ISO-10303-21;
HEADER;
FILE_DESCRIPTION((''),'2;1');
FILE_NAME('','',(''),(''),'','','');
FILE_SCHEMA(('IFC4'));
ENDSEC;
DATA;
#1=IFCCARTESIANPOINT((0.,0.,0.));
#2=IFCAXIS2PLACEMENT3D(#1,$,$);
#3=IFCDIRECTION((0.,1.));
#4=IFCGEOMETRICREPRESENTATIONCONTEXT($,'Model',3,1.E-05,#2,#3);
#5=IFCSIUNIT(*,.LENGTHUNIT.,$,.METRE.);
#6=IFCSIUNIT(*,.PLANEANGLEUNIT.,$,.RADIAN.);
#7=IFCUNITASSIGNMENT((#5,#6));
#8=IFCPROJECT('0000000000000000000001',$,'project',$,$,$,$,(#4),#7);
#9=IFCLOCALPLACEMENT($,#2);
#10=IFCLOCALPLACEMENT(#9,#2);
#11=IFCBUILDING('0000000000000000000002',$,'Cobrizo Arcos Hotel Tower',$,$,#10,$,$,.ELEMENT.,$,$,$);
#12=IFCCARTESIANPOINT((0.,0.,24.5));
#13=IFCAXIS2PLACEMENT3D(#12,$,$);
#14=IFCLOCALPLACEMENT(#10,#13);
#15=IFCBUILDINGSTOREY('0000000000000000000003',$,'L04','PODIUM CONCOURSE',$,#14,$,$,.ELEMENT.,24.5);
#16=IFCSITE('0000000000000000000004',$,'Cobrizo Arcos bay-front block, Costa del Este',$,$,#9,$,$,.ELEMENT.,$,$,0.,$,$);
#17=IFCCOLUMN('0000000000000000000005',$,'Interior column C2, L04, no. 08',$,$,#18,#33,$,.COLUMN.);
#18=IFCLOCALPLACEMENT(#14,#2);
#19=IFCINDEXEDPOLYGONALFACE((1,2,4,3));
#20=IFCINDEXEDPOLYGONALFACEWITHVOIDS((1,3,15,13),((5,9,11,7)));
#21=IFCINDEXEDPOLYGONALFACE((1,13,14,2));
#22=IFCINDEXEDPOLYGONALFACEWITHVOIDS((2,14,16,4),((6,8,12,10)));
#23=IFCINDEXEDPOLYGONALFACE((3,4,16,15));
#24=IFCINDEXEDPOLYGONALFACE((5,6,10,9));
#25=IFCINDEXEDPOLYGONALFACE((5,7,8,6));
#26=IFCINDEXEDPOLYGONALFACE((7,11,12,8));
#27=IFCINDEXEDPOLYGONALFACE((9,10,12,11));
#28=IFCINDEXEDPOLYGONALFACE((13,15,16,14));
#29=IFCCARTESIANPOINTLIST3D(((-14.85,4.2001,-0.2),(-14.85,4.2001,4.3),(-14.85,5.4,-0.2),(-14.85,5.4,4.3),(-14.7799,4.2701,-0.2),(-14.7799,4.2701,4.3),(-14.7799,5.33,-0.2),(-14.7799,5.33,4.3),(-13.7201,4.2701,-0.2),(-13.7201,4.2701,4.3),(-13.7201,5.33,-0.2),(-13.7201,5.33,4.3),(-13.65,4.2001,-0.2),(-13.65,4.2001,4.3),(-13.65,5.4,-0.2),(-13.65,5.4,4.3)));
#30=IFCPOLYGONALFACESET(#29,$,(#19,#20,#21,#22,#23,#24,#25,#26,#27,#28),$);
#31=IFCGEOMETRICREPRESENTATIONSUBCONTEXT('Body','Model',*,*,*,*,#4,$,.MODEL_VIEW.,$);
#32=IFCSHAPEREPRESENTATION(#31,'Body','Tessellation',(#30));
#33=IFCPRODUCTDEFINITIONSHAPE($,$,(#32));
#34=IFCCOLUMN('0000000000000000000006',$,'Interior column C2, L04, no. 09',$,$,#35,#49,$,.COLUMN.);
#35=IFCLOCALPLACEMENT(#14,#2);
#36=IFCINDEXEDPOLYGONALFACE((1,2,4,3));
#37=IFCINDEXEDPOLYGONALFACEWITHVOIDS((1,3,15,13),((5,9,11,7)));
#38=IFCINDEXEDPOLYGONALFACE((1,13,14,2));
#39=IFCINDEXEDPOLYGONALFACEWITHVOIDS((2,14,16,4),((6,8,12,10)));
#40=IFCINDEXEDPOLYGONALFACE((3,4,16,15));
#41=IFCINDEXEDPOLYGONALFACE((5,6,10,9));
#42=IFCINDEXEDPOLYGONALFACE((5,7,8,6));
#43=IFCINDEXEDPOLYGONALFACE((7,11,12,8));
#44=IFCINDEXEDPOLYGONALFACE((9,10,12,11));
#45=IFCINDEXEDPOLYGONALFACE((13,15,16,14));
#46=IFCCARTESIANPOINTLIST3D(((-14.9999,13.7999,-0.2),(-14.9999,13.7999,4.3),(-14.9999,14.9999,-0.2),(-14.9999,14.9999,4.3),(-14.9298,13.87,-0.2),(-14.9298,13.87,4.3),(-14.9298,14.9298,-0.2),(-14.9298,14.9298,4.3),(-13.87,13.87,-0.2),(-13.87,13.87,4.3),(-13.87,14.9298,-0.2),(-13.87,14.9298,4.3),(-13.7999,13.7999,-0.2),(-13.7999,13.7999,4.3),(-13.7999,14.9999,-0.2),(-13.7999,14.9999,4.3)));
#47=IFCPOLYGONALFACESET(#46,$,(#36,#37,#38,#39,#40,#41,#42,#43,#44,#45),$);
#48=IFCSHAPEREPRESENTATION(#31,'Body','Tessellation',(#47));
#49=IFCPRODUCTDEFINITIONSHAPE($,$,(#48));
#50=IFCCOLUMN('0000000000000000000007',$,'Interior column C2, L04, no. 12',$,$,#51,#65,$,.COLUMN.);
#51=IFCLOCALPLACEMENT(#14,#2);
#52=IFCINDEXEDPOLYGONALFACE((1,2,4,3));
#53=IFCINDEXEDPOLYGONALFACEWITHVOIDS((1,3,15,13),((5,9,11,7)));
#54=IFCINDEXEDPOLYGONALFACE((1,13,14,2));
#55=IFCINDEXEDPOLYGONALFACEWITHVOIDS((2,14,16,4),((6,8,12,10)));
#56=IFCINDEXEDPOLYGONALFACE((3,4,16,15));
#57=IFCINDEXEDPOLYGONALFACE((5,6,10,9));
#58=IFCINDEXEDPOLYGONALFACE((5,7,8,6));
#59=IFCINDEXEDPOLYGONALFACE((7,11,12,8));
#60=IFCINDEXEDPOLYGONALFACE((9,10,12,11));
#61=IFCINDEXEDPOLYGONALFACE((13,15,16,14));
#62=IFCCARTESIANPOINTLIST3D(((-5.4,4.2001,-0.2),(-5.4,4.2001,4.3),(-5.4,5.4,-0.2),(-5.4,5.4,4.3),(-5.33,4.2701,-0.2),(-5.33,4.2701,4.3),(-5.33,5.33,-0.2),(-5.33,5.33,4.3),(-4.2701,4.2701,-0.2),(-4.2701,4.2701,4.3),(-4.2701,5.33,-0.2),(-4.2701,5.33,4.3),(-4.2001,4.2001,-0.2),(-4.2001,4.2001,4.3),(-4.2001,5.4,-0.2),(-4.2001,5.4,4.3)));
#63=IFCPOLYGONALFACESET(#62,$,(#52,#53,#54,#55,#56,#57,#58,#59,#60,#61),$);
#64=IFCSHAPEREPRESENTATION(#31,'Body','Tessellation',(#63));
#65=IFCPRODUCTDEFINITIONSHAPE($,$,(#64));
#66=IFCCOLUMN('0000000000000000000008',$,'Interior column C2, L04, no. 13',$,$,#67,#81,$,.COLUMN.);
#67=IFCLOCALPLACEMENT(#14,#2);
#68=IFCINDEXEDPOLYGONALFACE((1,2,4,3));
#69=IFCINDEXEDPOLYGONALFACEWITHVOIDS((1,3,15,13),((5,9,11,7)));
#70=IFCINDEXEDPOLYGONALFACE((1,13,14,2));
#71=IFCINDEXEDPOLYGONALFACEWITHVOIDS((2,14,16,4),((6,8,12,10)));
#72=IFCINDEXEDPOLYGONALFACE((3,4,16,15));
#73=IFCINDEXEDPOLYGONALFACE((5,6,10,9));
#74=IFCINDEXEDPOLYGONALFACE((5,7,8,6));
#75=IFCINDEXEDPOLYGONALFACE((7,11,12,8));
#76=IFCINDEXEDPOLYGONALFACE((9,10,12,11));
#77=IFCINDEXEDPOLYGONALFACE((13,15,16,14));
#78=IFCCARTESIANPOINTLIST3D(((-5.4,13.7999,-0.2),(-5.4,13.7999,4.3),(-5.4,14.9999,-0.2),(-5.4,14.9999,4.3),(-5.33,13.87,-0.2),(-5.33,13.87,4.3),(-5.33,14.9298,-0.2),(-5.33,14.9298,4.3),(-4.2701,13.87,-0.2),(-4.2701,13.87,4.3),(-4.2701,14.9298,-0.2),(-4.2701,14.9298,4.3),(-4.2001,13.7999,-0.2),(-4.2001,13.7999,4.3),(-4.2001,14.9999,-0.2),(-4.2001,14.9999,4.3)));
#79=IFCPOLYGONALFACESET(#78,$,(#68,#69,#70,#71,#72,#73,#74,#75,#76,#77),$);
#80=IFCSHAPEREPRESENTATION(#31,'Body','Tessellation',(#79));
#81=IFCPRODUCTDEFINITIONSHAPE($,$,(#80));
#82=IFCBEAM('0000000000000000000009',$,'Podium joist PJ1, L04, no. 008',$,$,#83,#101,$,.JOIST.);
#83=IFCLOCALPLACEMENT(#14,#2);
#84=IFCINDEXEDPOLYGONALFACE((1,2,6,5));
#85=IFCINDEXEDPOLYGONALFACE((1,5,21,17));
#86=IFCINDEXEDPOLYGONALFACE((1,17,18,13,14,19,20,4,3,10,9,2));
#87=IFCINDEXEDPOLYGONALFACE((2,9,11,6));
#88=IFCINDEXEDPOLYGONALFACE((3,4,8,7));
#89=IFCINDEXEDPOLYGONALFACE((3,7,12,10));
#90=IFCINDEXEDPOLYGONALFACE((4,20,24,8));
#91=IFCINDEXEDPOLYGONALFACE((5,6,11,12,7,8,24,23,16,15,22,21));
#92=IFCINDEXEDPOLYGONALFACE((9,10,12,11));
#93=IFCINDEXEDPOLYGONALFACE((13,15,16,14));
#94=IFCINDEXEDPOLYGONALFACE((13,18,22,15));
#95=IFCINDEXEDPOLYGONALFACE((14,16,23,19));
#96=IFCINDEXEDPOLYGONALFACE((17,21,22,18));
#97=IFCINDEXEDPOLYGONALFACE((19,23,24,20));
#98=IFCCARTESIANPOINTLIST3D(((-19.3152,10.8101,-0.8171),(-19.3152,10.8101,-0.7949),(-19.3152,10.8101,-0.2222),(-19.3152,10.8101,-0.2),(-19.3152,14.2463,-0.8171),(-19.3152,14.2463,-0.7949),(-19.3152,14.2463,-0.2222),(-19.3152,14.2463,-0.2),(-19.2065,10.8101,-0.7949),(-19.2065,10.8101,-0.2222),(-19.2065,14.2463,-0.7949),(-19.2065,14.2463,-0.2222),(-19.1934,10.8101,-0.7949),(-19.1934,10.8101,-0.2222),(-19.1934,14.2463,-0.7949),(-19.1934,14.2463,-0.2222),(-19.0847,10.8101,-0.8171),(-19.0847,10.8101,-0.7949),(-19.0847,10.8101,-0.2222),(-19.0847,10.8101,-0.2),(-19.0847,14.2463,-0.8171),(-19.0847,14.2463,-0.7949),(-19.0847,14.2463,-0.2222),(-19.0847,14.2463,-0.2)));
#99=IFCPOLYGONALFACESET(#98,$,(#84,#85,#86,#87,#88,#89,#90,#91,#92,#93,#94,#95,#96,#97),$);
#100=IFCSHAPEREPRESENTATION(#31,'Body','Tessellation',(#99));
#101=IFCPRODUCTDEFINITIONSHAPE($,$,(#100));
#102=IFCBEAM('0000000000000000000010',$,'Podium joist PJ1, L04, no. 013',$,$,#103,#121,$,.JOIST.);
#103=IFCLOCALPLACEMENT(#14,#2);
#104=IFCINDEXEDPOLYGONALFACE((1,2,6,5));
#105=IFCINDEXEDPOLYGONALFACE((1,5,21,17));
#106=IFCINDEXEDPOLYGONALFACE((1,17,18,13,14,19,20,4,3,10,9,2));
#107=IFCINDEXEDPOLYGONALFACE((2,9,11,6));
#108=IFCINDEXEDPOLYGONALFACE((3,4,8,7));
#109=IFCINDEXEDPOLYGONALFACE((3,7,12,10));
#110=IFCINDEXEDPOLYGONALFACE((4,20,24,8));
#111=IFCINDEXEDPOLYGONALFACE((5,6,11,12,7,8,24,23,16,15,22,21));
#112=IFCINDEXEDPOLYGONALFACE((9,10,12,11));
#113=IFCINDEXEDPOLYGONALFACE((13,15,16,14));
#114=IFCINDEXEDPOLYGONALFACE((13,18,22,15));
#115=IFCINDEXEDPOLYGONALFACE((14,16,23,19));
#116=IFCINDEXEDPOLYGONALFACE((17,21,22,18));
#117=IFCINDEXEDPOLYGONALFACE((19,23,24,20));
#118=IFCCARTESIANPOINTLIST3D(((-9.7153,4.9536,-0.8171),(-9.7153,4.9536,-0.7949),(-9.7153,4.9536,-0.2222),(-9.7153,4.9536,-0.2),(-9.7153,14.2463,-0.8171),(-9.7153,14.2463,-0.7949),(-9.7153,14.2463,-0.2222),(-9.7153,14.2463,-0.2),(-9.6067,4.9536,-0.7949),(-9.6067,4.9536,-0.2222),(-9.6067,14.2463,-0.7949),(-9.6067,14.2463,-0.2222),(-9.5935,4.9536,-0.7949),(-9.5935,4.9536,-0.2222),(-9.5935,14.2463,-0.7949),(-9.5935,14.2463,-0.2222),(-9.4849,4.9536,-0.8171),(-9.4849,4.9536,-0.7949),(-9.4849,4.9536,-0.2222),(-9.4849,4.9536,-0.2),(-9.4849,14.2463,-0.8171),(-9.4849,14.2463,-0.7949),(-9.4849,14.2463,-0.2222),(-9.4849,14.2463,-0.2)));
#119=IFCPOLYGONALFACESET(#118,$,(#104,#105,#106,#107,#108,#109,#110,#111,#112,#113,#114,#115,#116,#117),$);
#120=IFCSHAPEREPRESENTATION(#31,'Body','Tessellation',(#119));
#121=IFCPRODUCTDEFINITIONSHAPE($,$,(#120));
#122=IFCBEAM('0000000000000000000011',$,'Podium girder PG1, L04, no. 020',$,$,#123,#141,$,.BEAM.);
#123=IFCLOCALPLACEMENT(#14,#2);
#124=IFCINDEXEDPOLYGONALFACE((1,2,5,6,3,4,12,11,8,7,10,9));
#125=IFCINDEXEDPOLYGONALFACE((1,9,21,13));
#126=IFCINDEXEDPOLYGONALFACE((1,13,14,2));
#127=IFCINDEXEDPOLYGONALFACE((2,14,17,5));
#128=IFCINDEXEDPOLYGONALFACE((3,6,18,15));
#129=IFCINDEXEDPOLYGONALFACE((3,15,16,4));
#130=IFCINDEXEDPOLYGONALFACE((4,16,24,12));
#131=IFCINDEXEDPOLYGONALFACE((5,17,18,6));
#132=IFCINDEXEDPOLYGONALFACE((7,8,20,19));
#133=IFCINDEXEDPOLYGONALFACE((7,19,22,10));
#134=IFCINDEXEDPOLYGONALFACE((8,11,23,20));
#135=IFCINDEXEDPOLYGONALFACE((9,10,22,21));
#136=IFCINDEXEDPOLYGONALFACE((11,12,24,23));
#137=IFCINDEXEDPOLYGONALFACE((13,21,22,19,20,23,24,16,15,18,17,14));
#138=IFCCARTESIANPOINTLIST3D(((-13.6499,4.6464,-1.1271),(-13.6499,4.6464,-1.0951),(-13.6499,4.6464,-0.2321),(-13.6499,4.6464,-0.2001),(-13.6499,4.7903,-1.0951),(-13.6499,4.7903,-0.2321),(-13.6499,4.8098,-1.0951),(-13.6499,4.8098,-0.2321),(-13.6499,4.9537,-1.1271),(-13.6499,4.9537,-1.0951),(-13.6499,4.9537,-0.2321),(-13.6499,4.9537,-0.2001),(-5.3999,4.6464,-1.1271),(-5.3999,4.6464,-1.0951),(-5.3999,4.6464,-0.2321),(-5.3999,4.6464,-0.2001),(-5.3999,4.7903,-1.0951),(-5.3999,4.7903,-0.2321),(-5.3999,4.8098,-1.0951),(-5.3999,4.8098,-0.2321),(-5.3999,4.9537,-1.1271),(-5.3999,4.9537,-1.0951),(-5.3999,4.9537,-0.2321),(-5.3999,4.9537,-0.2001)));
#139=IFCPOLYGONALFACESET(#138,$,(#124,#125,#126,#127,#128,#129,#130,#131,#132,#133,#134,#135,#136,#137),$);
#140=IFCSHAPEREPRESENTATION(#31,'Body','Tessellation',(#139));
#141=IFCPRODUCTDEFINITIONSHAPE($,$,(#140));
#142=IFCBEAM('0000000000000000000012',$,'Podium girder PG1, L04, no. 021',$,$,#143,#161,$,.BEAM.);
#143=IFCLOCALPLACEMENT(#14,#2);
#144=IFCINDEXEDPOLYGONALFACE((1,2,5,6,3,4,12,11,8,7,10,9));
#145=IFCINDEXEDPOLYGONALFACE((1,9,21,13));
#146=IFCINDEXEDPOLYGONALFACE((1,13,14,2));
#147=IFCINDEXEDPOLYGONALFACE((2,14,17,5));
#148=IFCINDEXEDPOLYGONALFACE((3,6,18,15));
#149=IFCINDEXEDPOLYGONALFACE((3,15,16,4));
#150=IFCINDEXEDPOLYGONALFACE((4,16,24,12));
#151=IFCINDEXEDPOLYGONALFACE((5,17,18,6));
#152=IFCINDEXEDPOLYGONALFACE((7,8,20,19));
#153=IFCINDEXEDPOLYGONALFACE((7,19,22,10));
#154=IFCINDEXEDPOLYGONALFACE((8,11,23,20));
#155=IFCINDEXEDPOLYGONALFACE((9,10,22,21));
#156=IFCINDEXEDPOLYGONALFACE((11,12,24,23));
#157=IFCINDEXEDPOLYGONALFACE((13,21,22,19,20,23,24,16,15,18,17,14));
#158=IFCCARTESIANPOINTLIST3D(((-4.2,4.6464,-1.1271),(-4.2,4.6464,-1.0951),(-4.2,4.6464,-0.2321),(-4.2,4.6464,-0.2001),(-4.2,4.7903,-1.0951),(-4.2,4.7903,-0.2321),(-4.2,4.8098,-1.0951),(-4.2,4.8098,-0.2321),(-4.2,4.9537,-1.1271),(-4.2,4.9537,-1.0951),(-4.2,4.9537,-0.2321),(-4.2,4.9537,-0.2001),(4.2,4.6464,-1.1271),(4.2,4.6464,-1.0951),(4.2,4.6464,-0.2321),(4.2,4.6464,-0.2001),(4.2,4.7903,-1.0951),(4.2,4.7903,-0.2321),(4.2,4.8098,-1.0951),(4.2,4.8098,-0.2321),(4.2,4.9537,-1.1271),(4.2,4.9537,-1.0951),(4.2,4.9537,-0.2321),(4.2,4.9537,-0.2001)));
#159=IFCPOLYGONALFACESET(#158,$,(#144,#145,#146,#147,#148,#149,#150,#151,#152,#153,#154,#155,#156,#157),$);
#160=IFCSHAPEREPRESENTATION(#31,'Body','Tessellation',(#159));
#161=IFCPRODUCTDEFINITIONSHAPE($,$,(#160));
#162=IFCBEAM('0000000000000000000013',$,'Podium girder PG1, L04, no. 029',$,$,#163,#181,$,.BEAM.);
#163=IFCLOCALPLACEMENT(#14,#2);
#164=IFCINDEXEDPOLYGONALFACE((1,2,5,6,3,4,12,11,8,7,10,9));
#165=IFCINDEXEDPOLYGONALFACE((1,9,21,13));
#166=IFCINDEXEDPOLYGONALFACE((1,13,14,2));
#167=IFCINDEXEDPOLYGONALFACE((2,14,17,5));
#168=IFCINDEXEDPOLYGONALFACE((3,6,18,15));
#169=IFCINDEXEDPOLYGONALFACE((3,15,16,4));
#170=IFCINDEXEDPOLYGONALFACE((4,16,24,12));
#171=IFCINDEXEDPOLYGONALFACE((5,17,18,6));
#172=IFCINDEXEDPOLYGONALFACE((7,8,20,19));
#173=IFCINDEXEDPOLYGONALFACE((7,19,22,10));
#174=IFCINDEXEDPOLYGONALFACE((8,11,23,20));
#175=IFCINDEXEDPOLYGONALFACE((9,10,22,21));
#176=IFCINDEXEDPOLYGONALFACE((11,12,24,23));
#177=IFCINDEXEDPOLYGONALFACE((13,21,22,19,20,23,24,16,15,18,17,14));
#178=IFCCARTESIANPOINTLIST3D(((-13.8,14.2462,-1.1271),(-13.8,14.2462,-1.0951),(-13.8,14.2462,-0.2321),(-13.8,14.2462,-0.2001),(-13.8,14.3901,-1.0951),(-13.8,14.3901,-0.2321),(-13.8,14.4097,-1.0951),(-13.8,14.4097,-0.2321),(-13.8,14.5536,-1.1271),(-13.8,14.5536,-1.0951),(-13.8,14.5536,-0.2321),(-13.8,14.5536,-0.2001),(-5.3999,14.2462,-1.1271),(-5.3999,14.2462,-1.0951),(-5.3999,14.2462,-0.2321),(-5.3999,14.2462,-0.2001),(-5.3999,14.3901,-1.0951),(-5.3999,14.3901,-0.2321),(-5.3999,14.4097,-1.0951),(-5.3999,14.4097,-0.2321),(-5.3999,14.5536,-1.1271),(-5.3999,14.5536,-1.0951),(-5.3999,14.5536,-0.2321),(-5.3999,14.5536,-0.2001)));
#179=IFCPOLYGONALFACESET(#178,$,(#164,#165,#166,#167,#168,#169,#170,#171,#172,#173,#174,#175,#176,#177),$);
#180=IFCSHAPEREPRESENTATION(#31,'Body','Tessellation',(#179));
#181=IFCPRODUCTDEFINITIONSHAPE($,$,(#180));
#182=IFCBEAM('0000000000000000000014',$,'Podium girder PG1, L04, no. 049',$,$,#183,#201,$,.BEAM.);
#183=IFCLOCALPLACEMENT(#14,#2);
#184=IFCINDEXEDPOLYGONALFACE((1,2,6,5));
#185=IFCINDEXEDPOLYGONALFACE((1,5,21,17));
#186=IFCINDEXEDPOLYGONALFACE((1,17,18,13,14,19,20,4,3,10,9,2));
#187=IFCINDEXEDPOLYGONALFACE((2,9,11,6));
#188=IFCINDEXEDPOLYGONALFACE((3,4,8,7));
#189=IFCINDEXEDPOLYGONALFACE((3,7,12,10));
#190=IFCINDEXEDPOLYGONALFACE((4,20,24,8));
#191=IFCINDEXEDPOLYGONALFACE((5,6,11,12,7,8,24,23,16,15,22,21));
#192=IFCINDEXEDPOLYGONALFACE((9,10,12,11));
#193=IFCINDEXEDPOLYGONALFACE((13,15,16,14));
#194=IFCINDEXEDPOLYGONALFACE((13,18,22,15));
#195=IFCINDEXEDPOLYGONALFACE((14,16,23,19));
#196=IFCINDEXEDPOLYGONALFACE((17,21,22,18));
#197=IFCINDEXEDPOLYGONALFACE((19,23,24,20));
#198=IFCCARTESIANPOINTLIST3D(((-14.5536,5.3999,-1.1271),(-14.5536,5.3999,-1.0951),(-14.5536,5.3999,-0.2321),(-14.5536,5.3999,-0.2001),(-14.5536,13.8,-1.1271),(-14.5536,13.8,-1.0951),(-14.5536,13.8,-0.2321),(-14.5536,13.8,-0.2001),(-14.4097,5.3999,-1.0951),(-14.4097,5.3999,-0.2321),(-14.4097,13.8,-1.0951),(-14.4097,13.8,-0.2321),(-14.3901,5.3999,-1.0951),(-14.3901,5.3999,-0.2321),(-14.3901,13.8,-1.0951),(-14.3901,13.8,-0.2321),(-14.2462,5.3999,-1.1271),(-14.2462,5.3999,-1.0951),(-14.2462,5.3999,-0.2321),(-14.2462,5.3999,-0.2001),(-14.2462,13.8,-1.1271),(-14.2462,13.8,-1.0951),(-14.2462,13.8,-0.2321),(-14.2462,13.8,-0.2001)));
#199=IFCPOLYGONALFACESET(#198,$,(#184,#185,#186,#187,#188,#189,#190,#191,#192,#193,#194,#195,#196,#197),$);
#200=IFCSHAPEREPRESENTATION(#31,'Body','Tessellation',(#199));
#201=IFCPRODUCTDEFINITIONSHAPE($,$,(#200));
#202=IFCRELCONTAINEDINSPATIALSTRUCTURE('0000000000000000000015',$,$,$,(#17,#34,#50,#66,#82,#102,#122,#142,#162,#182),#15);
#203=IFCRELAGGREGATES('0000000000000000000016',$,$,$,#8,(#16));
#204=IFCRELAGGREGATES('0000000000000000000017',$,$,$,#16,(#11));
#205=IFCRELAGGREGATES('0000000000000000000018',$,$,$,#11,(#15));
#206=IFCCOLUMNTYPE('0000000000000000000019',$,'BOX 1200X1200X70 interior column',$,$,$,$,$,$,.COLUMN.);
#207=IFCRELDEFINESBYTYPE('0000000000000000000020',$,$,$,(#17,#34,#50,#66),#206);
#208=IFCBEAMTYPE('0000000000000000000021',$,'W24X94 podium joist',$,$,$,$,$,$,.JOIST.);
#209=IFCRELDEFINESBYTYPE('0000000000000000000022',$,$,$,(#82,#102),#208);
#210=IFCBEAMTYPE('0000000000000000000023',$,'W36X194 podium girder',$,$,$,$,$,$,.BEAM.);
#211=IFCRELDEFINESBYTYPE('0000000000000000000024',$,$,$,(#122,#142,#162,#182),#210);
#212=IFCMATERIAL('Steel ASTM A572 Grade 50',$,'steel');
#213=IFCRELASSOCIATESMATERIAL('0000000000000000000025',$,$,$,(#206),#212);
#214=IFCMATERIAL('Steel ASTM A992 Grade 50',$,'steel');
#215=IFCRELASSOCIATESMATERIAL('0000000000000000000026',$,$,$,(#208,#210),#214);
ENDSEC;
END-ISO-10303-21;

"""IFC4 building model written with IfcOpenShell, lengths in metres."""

from ifc_helpers import new_model, si_unit, direction, frame, origin, origin_2d, place, context, subcontext, project, spatial, hollow_rectangle, i_section, extrude, material, material_profile, profile_set, type_object, element, save


model = new_model("IFC4")

# Units and contexts
model_context = context("Model", 3, precision=1e-05, world=origin(), true_north=direction((0.0, 1.0)))
body_context = subcontext(model_context, "Body", "Model", "MODEL_VIEW")
ifc_project = project(units=[si_unit("LENGTHUNIT", "METRE"), si_unit("PLANEANGLEUNIT", "RADIAN")], contexts=[model_context])

# Site, building, storey
site_placement = place(None, origin())
site = spatial("IfcSite", under=ifc_project, at=site_placement, Name="Cobrizo Arcos bay-front block, Costa del Este", CompositionType="ELEMENT", RefElevation=0.0)
building_placement = place(site_placement, origin())
building = spatial("IfcBuilding", under=site, at=building_placement, Name="Cobrizo Arcos Hotel Tower", CompositionType="ELEMENT")
storey_placement = place(building_placement, frame((0.0, 0.0, 24.5)))
storey = spatial("IfcBuildingStorey", under=building, at=storey_placement, Name="L04", Description="PODIUM CONCOURSE", CompositionType="ELEMENT", Elevation=24.5)

# Columns
ifc_material_1 = material(Name="Steel ASTM A572 Grade 50", Category="steel")
ifc_material_profile_1 = material_profile(ifc_material_1, hollow_rectangle(XDim=1.2, YDim=1.2, WallThickness=0.0701, at=origin_2d()), Name="BOX 1200X1200X70")
ifc_profile_set_1 = profile_set([ifc_material_profile_1], Name="Steel ASTM A572 Grade 50")
column_type = type_object("IfcColumnType", Name="BOX 1200X1200X70 interior column", PredefinedType="COLUMN", material=ifc_profile_set_1)
for number, where, z_axis, x_axis, name in (
    (1, (-14.25, 4.8, -0.2), (0.0, 0.0, 1.0), (1.0, 0.0, 0.0), "Interior column C2, L04, no. 08"),
    (2, (-14.3999, 14.3999, -0.2), (0.0, 0.0, 1.0), (1.0, 0.0, 0.0), "Interior column C2, L04, no. 09"),
    (3, (-4.8, 4.8, -0.2), (0.0, 0.0, 1.0), (1.0, 0.0, 0.0), "Interior column C2, L04, no. 12"),
    (4, (-4.8, 14.3999, -0.2), (0.0, 0.0, 1.0), (1.0, 0.0, 0.0), "Interior column C2, L04, no. 13"),
):
    element("IfcColumn", number, at=place(storey_placement, frame(where, z_axis=z_axis, x_axis=x_axis)), inside=storey, type_object=column_type, Name=name, PredefinedType="COLUMN", context=body_context, shape_type="SweptSolid", body=[
        extrude(hollow_rectangle(XDim=1.2, YDim=1.2, WallThickness=0.0701, at=origin_2d()), origin(), (0.0, 0.0, 1.0), 4.5),
    ])

# Beams
ifc_material_2 = material(Name="Steel ASTM A992 Grade 50", Category="steel")
ifc_material_profile_2 = material_profile(ifc_material_2, i_section(OverallWidth=0.2305, OverallDepth=0.6172, WebThickness=0.0132, FlangeThickness=0.0222, at=origin_2d()), Name="W24X94")
ifc_profile_set_2 = profile_set([ifc_material_profile_2], Name="Steel ASTM A992 Grade 50")
beam_type_1 = type_object("IfcBeamType", Name="W24X94 podium joist", PredefinedType="JOIST", material=ifc_profile_set_2)
beam_1_placement = place(storey_placement, frame((-19.2, 10.8101, -0.5085), z_axis=(0.0, 1.0, 0.0), x_axis=(-1.0, 0.0, 0.0)))
element("IfcBeam", 5, at=beam_1_placement, inside=storey, type_object=beam_type_1, Name="Podium joist PJ1, L04, no. 008", PredefinedType="JOIST", context=body_context, shape_type="SweptSolid", body=[
    extrude(i_section(OverallWidth=0.2305, OverallDepth=0.6172, WebThickness=0.0132, FlangeThickness=0.0222, at=origin_2d()), origin(), (0.0, 0.0, 1.0), 3.4363),
])
beam_2_placement = place(storey_placement, frame((-9.6001, 4.9536, -0.5085), z_axis=(0.0, 1.0, 0.0), x_axis=(-1.0, 0.0, 0.0)))
element("IfcBeam", 6, at=beam_2_placement, inside=storey, type_object=beam_type_1, Name="Podium joist PJ1, L04, no. 013", PredefinedType="JOIST", context=body_context, shape_type="SweptSolid", body=[
    extrude(i_section(OverallWidth=0.2305, OverallDepth=0.6172, WebThickness=0.0132, FlangeThickness=0.0222, at=origin_2d()), origin(), (0.0, 0.0, 1.0), 9.2927),
])
ifc_material_profile_3 = material_profile(ifc_material_2, i_section(OverallWidth=0.3074, OverallDepth=0.927, WebThickness=0.0195, FlangeThickness=0.032, at=origin_2d()), Name="W36X194")
ifc_profile_set_3 = profile_set([ifc_material_profile_3], Name="Steel ASTM A992 Grade 50")
beam_type_2 = type_object("IfcBeamType", Name="W36X194 podium girder", PredefinedType="BEAM", material=ifc_profile_set_3)
beam_3_placement = place(storey_placement, frame((-13.6499, 4.8, -0.6636), z_axis=(1.0, 0.0, 0.0), x_axis=(0.0, 1.0, 0.0)))
element("IfcBeam", 7, at=beam_3_placement, inside=storey, type_object=beam_type_2, Name="Podium girder PG1, L04, no. 020", PredefinedType="BEAM", context=body_context, shape_type="SweptSolid", body=[
    extrude(i_section(OverallWidth=0.3074, OverallDepth=0.927, WebThickness=0.0195, FlangeThickness=0.032, at=origin_2d()), origin(), (0.0, 0.0, 1.0), 8.25),
])
beam_4_placement = place(storey_placement, frame((-4.2, 4.8, -0.6636), z_axis=(1.0, 0.0, 0.0), x_axis=(0.0, 1.0, 0.0)))
element("IfcBeam", 8, at=beam_4_placement, inside=storey, type_object=beam_type_2, Name="Podium girder PG1, L04, no. 021", PredefinedType="BEAM", context=body_context, shape_type="SweptSolid", body=[
    extrude(i_section(OverallWidth=0.3074, OverallDepth=0.927, WebThickness=0.0195, FlangeThickness=0.032, at=origin_2d()), origin(), (0.0, 0.0, 1.0), 8.3999),
])
for number, where, z_axis, x_axis, name in (
    (9, (-13.8, 14.3999, -0.6636), (1.0, 0.0, 0.0), (0.0, 1.0, 0.0), "Podium girder PG1, L04, no. 029"),
    (10, (-14.3999, 5.3999, -0.6636), (0.0, 1.0, 0.0), (-1.0, 0.0, 0.0), "Podium girder PG1, L04, no. 049"),
):
    element("IfcBeam", number, at=place(storey_placement, frame(where, z_axis=z_axis, x_axis=x_axis)), inside=storey, type_object=beam_type_2, Name=name, PredefinedType="BEAM", context=body_context, shape_type="SweptSolid", body=[
        extrude(i_section(OverallWidth=0.3074, OverallDepth=0.927, WebThickness=0.0195, FlangeThickness=0.032, at=origin_2d()), origin(), (0.0, 0.0, 1.0), 8.4001),
    ])

save(model, "model.ifc")
